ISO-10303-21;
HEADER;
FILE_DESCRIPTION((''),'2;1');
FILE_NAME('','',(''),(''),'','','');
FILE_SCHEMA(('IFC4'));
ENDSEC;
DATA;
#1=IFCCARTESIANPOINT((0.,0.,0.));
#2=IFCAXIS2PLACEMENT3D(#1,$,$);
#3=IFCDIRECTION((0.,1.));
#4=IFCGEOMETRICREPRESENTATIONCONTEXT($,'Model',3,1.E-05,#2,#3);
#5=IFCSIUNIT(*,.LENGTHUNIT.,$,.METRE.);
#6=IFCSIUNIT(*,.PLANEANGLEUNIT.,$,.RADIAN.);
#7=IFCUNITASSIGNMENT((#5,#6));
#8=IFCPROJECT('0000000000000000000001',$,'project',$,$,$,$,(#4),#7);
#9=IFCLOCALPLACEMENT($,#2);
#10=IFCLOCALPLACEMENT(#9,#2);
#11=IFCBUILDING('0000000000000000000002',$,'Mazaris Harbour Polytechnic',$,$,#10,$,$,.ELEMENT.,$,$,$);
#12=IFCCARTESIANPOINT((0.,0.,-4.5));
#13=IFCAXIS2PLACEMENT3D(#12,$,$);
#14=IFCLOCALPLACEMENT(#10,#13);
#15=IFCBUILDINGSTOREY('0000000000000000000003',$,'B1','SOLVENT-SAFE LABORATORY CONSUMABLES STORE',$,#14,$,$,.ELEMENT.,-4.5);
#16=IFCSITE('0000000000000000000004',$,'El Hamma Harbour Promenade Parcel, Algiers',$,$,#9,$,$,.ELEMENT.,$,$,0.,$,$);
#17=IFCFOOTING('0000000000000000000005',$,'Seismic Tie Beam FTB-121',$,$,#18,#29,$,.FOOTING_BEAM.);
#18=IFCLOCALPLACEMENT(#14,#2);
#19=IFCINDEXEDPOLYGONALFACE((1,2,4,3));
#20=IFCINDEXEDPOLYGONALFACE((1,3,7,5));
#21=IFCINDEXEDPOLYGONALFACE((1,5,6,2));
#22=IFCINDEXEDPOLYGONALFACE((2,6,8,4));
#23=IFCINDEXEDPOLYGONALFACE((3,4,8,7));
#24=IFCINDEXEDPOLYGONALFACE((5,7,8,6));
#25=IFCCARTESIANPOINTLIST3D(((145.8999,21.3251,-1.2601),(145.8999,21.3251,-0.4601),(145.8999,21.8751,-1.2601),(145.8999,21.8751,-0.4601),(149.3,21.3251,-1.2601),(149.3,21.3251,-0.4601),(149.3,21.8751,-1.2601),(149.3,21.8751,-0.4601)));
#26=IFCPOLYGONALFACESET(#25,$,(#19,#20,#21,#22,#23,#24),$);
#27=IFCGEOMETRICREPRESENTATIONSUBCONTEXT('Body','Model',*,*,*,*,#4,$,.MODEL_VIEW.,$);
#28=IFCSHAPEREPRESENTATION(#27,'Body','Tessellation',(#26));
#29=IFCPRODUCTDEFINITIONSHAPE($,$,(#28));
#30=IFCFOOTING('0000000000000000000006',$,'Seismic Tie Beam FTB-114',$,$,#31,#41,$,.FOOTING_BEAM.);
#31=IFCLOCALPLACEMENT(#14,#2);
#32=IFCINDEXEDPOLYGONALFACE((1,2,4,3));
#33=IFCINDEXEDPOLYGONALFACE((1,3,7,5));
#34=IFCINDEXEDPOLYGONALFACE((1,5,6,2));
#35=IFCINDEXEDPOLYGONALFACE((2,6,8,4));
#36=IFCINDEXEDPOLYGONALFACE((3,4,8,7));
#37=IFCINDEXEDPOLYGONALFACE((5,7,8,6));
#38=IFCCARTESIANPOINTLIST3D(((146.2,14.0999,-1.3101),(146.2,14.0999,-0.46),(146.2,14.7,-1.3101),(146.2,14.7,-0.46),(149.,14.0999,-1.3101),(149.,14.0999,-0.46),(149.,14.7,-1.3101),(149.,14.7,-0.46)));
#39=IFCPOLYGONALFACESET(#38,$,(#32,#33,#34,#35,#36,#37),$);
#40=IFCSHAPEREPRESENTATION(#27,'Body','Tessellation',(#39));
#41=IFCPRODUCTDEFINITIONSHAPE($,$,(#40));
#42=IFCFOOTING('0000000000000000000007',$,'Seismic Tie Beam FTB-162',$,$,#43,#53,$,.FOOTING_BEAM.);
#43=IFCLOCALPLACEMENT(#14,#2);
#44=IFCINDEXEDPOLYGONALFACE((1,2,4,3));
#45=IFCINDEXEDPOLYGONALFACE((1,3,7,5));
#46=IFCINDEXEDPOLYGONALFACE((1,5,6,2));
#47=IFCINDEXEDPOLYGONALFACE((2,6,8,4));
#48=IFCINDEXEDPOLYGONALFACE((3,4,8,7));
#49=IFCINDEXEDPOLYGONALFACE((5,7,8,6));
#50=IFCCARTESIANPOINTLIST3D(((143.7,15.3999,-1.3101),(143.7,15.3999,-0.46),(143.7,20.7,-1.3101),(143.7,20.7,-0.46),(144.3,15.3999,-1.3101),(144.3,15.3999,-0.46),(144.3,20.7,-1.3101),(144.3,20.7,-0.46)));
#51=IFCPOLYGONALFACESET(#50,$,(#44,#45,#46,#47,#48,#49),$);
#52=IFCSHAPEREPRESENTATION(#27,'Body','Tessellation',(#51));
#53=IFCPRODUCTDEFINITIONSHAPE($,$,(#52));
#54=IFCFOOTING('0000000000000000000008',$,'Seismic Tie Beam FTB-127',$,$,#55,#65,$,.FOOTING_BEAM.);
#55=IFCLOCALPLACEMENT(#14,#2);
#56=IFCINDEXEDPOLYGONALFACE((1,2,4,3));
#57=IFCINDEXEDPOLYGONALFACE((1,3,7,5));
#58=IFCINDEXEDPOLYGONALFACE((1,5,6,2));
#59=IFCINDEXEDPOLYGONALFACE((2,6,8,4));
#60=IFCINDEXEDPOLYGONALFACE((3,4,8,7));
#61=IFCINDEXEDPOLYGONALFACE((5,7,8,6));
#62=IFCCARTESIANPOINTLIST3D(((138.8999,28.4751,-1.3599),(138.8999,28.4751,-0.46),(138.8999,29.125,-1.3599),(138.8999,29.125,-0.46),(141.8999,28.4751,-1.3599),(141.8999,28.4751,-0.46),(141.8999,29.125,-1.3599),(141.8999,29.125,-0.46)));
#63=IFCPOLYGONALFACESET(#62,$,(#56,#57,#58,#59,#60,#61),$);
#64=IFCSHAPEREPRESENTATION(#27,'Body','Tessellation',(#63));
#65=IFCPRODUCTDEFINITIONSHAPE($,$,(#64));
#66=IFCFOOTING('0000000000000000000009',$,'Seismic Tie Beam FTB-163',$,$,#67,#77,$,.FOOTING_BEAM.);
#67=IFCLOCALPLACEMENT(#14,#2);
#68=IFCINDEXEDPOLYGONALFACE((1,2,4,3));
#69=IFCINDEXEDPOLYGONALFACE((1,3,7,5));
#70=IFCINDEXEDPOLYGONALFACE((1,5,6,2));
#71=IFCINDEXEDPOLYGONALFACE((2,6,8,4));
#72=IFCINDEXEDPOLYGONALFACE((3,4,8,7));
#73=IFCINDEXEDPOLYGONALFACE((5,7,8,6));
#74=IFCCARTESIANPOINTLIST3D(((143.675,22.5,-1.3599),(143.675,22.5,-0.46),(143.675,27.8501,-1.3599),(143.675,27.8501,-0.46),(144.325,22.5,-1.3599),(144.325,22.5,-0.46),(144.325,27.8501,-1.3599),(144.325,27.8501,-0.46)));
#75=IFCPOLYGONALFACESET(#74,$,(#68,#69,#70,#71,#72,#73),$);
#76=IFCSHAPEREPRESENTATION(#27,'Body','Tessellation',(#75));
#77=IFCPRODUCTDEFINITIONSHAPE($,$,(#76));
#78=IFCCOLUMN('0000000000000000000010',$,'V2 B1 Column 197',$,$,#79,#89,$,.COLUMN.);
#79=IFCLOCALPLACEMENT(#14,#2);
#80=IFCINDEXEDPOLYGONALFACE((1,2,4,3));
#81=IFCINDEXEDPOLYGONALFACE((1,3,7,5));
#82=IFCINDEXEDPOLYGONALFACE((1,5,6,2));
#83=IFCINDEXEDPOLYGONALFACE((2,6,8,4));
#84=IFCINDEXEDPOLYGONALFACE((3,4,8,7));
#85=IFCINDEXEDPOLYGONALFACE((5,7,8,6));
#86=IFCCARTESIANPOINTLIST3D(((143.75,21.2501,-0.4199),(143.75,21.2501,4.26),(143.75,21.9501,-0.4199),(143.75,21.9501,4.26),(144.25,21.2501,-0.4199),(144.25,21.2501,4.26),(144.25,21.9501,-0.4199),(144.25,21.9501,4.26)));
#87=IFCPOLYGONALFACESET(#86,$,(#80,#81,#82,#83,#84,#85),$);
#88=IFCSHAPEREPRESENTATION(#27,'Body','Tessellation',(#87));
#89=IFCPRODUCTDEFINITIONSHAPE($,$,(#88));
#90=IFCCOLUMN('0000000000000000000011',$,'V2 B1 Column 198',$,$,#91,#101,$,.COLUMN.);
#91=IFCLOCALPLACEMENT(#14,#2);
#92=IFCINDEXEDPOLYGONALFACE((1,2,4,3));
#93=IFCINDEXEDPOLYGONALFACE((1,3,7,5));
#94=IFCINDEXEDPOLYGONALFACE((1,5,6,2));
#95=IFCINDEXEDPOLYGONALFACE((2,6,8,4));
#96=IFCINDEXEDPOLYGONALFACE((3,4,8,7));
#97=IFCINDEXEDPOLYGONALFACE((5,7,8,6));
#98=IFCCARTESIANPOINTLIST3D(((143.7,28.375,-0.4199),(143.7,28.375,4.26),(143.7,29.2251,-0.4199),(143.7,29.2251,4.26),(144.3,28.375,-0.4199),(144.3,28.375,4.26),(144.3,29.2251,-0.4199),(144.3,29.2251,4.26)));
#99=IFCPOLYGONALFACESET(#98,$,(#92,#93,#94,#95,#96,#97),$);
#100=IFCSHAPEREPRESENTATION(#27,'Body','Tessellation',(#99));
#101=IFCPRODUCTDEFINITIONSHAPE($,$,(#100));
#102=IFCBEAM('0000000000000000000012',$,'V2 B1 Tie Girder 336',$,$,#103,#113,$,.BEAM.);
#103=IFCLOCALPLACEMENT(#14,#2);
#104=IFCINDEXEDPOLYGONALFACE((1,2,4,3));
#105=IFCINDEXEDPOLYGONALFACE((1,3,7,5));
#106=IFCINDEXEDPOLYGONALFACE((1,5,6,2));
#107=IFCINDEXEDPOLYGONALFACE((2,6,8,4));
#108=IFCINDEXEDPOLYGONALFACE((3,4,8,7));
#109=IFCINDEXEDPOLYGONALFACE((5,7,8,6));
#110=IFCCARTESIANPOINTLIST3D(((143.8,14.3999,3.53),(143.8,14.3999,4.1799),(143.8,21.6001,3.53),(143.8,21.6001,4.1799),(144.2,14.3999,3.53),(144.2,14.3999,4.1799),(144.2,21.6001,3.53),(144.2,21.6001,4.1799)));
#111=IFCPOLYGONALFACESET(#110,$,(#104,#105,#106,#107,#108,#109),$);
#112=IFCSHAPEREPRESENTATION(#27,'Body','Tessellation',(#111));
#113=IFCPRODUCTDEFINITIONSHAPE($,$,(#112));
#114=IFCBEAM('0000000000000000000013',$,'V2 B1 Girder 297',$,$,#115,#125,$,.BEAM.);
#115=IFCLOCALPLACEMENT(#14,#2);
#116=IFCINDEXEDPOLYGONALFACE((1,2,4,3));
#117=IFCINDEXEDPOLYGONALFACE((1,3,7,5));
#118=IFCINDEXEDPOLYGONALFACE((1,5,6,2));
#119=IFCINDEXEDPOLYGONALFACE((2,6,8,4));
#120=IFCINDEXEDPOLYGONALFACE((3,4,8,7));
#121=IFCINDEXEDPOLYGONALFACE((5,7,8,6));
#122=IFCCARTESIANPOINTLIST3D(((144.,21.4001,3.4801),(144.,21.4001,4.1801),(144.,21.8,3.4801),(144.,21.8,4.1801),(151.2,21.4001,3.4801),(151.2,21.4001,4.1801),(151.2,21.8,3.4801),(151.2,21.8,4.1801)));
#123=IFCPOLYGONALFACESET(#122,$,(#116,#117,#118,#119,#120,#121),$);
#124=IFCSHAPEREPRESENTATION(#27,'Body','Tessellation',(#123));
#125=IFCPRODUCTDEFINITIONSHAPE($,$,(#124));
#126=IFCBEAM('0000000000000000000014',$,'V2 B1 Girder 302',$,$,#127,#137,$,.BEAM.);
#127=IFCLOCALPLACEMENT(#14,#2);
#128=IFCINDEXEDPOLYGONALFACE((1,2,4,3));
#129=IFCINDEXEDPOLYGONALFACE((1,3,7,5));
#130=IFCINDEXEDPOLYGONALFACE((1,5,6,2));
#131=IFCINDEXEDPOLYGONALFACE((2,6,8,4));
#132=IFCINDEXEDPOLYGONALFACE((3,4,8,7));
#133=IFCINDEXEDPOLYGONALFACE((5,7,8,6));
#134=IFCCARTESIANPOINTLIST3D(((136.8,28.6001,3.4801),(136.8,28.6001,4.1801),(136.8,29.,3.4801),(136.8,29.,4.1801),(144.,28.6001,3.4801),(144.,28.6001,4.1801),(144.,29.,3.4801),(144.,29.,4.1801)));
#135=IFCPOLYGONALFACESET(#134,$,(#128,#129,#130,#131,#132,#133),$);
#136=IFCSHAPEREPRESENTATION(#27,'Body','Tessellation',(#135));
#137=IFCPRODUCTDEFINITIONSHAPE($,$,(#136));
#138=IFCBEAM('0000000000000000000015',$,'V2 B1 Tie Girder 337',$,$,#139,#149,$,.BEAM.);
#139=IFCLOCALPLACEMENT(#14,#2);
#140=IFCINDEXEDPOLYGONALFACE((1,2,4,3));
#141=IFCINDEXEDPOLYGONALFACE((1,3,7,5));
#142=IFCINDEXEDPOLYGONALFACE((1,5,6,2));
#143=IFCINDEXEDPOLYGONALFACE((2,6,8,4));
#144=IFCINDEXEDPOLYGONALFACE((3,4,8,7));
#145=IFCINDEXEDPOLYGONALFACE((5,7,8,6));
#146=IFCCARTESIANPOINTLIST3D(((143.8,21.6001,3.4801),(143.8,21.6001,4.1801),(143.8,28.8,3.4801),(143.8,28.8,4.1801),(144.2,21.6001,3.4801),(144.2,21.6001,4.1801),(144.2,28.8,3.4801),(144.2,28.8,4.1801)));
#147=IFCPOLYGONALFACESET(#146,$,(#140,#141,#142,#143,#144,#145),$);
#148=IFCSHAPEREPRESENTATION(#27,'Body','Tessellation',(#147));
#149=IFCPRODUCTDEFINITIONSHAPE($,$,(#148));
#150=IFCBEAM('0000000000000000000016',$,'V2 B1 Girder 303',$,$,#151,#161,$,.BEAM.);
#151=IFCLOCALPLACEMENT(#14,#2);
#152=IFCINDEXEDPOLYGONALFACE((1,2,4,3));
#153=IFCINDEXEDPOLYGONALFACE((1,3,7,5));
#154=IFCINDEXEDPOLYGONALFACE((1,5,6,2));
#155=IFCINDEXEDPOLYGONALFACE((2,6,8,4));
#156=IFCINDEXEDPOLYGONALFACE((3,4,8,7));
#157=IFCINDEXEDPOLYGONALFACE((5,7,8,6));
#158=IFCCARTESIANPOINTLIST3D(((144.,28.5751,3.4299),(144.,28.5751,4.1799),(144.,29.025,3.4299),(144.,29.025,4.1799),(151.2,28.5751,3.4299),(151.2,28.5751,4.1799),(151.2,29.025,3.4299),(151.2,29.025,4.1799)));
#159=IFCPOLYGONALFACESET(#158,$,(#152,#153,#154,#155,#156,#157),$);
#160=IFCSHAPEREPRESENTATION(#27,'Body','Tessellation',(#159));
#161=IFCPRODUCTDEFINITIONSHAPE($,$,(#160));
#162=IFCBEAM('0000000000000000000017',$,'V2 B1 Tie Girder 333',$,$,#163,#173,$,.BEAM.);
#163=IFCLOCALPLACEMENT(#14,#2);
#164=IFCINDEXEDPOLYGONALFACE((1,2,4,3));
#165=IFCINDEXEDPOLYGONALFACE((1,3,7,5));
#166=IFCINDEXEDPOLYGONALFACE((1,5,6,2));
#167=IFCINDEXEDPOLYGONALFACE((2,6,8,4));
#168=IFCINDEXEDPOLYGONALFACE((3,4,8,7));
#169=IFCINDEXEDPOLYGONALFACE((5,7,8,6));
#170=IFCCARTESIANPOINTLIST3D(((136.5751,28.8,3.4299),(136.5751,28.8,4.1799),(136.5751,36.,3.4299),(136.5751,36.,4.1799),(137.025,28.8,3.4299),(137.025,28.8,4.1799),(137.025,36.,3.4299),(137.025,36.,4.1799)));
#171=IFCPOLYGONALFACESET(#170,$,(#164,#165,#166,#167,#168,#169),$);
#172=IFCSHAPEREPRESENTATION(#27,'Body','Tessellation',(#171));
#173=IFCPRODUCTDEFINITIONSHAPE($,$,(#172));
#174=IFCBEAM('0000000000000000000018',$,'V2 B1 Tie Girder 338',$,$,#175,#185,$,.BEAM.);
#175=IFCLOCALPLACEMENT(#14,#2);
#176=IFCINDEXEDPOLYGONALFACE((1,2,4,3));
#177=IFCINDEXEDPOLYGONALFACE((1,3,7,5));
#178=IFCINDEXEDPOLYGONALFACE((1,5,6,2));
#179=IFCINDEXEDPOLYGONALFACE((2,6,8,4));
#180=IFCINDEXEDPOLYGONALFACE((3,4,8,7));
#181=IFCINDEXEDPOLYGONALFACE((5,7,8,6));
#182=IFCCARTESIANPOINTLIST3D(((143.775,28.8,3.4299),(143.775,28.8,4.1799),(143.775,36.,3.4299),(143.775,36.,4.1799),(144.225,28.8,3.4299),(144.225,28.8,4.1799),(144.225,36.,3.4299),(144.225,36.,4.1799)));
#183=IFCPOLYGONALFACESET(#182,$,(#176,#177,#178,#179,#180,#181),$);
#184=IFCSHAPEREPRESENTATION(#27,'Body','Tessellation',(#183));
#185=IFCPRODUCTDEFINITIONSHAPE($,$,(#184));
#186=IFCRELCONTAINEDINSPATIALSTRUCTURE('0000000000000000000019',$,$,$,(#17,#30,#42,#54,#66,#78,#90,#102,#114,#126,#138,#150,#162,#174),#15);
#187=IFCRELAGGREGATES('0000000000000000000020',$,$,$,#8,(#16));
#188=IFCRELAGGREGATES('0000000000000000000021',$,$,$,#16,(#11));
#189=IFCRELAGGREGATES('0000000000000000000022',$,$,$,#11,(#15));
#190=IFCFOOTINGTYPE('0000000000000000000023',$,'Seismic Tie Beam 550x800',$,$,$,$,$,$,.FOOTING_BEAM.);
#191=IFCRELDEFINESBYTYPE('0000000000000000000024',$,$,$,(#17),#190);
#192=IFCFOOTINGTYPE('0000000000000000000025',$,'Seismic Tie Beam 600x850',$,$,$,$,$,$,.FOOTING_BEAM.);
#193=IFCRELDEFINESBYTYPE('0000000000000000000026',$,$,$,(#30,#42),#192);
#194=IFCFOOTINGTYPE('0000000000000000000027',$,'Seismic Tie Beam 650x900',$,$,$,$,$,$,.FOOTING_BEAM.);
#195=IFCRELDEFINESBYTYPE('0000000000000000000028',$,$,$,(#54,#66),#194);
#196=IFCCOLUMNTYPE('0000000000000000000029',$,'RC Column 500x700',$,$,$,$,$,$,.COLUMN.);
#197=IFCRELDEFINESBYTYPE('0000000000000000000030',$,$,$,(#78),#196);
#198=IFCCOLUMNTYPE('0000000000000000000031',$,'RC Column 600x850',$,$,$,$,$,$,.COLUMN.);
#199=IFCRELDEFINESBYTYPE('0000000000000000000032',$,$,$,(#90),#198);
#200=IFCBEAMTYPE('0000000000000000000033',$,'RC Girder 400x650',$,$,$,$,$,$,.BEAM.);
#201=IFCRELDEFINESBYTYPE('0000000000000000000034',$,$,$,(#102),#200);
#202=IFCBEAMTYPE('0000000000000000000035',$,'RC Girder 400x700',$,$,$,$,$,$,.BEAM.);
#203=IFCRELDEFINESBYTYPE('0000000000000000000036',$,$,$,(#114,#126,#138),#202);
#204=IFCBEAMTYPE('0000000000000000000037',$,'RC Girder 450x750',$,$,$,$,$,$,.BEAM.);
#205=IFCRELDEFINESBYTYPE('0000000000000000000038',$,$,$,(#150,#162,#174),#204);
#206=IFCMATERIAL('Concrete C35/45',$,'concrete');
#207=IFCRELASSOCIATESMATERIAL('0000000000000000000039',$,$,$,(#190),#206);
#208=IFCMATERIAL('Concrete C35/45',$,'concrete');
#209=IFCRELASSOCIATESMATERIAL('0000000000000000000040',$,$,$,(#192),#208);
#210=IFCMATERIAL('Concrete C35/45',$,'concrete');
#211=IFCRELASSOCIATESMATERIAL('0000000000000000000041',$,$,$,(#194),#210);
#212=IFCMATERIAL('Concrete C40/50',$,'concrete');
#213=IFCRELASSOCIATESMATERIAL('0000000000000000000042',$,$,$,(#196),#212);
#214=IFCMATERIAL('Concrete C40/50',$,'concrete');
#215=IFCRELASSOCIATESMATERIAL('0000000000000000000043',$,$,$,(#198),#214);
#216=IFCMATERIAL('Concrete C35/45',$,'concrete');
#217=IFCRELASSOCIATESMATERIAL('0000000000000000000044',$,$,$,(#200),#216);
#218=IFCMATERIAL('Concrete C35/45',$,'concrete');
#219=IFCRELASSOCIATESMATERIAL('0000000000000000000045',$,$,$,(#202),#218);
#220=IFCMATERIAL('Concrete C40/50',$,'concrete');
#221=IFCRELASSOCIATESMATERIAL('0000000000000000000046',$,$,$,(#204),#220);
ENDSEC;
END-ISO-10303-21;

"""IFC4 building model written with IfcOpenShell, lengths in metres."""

from ifc_helpers import new_model, si_unit, direction, frame, origin, origin_2d, place, context, subcontext, project, spatial, rectangle, extrude, material, material_profile, profile_set, type_object, element, save


model = new_model("IFC4")

# Units and contexts
model_context = context("Model", 3, precision=1e-05, world=origin(), true_north=direction((0.0, 1.0)))
body_context = subcontext(model_context, "Body", "Model", "MODEL_VIEW")
ifc_project = project(units=[si_unit("LENGTHUNIT", "METRE"), si_unit("PLANEANGLEUNIT", "RADIAN")], contexts=[model_context])

# Site, building, storey
site_placement = place(None, origin())
site = spatial("IfcSite", under=ifc_project, at=site_placement, Name="El Hamma Harbour Promenade Parcel, Algiers", CompositionType="ELEMENT", RefElevation=0.0)
building_placement = place(site_placement, origin())
building = spatial("IfcBuilding", under=site, at=building_placement, Name="Mazaris Harbour Polytechnic", CompositionType="ELEMENT")
storey_placement = place(building_placement, frame((0.0, 0.0, -4.5)))
storey = spatial("IfcBuildingStorey", under=building, at=storey_placement, Name="B1", Description="SOLVENT-SAFE LABORATORY CONSUMABLES STORE", CompositionType="ELEMENT", Elevation=-4.5)

# Footings
ifc_material_1 = material(Name="Concrete C35/45", Category="concrete")
ifc_material_profile_1 = material_profile(ifc_material_1, rectangle(XDim=0.55, YDim=0.8, at=origin_2d()), Name="RECT550x800")
ifc_profile_set_1 = profile_set([ifc_material_profile_1], Name="Concrete C35/45")
footing_type_1 = type_object("IfcFootingType", Name="Seismic Tie Beam 550x800", PredefinedType="FOOTING_BEAM", material=ifc_profile_set_1)
footing_1_placement = place(storey_placement, frame((145.8999, 21.6001, -0.8601), z_axis=(1.0, 0.0, 0.0), x_axis=(0.0, 1.0, 0.0)))
element("IfcFooting", 1, at=footing_1_placement, inside=storey, type_object=footing_type_1, Name="Seismic Tie Beam FTB-121", PredefinedType="FOOTING_BEAM", context=body_context, shape_type="SweptSolid", body=[
    extrude(rectangle(XDim=0.55, YDim=0.8, at=origin_2d()), origin(), (0.0, 0.0, 1.0), 3.4001),
])
ifc_material_2 = material(Name="Concrete C35/45", Category="concrete")
ifc_material_profile_2 = material_profile(ifc_material_2, rectangle(XDim=0.6001, YDim=0.8501, at=origin_2d()), Name="RECT600x850")
ifc_profile_set_2 = profile_set([ifc_material_profile_2], Name="Concrete C35/45")
footing_type_2 = type_object("IfcFootingType", Name="Seismic Tie Beam 600x850", PredefinedType="FOOTING_BEAM", material=ifc_profile_set_2)
footing_2_placement = place(storey_placement, frame((146.2, 14.3999, -0.885), z_axis=(1.0, 0.0, 0.0), x_axis=(0.0, 1.0, 0.0)))
element("IfcFooting", 2, at=footing_2_placement, inside=storey, type_object=footing_type_2, Name="Seismic Tie Beam FTB-114", PredefinedType="FOOTING_BEAM", context=body_context, shape_type="SweptSolid", body=[
    extrude(rectangle(XDim=0.6001, YDim=0.8501, at=origin_2d()), origin(), (0.0, 0.0, 1.0), 2.8),
])
footing_3_placement = place(storey_placement, frame((144.0, 15.3999, -0.885), z_axis=(0.0, 1.0, 0.0), x_axis=(-1.0, 0.0, 0.0)))
element("IfcFooting", 3, at=footing_3_placement, inside=storey, type_object=footing_type_2, Name="Seismic Tie Beam FTB-162", PredefinedType="FOOTING_BEAM", context=body_context, shape_type="SweptSolid", body=[
    extrude(rectangle(XDim=0.6001, YDim=0.8501, at=origin_2d()), origin(), (0.0, 0.0, 1.0), 5.3),
])
ifc_material_3 = material(Name="Concrete C35/45", Category="concrete")
ifc_material_profile_3 = material_profile(ifc_material_3, rectangle(XDim=0.6499, YDim=0.8999, at=origin_2d()), Name="RECT650x900")
ifc_profile_set_3 = profile_set([ifc_material_profile_3], Name="Concrete C35/45")
footing_type_3 = type_object("IfcFootingType", Name="Seismic Tie Beam 650x900", PredefinedType="FOOTING_BEAM", material=ifc_profile_set_3)
footing_4_placement = place(storey_placement, frame((138.8999, 28.8, -0.9099), z_axis=(1.0, 0.0, 0.0), x_axis=(0.0, 1.0, 0.0)))
element("IfcFooting", 4, at=footing_4_placement, inside=storey, type_object=footing_type_3, Name="Seismic Tie Beam FTB-127", PredefinedType="FOOTING_BEAM", context=body_context, shape_type="SweptSolid", body=[
    extrude(rectangle(XDim=0.6499, YDim=0.8999, at=origin_2d()), origin(), (0.0, 0.0, 1.0), 3.0),
])
footing_5_placement = place(storey_placement, frame((144.0, 22.5, -0.9099), z_axis=(0.0, 1.0, 0.0), x_axis=(-1.0, 0.0, 0.0)))
element("IfcFooting", 5, at=footing_5_placement, inside=storey, type_object=footing_type_3, Name="Seismic Tie Beam FTB-163", PredefinedType="FOOTING_BEAM", context=body_context, shape_type="SweptSolid", body=[
    extrude(rectangle(XDim=0.6499, YDim=0.8999, at=origin_2d()), origin(), (0.0, 0.0, 1.0), 5.3501),
])

# Columns
ifc_material_4 = material(Name="Concrete C40/50", Category="concrete")
ifc_material_profile_4 = material_profile(ifc_material_4, rectangle(XDim=0.5, YDim=0.7, at=origin_2d()), Name="RECT500x700")
ifc_profile_set_4 = profile_set([ifc_material_profile_4], Name="Concrete C40/50")
column_type_1 = type_object("IfcColumnType", Name="RC Column 500x700", PredefinedType="COLUMN", material=ifc_profile_set_4)
column_1_placement = place(storey_placement, frame((144.0, 21.6001, -0.4199), z_axis=(0.0, 0.0, 1.0), x_axis=(1.0, 0.0, 0.0)))
element("IfcColumn", 6, at=column_1_placement, inside=storey, type_object=column_type_1, Name="V2 B1 Column 197", PredefinedType="COLUMN", context=body_context, shape_type="SweptSolid", body=[
    extrude(rectangle(XDim=0.5, YDim=0.7, at=origin_2d()), origin(), (0.0, 0.0, 1.0), 4.6799),
])
ifc_material_5 = material(Name="Concrete C40/50", Category="concrete")
ifc_material_profile_5 = material_profile(ifc_material_5, rectangle(XDim=0.6001, YDim=0.8501, at=origin_2d()), Name="RECT600x850")
ifc_profile_set_5 = profile_set([ifc_material_profile_5], Name="Concrete C40/50")
column_type_2 = type_object("IfcColumnType", Name="RC Column 600x850", PredefinedType="COLUMN", material=ifc_profile_set_5)
column_2_placement = place(storey_placement, frame((144.0, 28.8, -0.4199), z_axis=(0.0, 0.0, 1.0), x_axis=(1.0, 0.0, 0.0)))
element("IfcColumn", 7, at=column_2_placement, inside=storey, type_object=column_type_2, Name="V2 B1 Column 198", PredefinedType="COLUMN", context=body_context, shape_type="SweptSolid", body=[
    extrude(rectangle(XDim=0.6001, YDim=0.8501, at=origin_2d()), origin(), (0.0, 0.0, 1.0), 4.6799),
])

# Beams
ifc_material_6 = material(Name="Concrete C35/45", Category="concrete")
ifc_material_profile_6 = material_profile(ifc_material_6, rectangle(XDim=0.3999, YDim=0.6499, at=origin_2d()), Name="RECT400x650")
ifc_profile_set_6 = profile_set([ifc_material_profile_6], Name="Concrete C35/45")
beam_type_1 = type_object("IfcBeamType", Name="RC Girder 400x650", PredefinedType="BEAM", material=ifc_profile_set_6)
beam_1_placement = place(storey_placement, frame((144.0, 14.3999, 3.855), z_axis=(0.0, 1.0, 0.0), x_axis=(-1.0, 0.0, 0.0)))
element("IfcBeam", 8, at=beam_1_placement, inside=storey, type_object=beam_type_1, Name="V2 B1 Tie Girder 336", PredefinedType="BEAM", context=body_context, shape_type="SweptSolid", body=[
    extrude(rectangle(XDim=0.3999, YDim=0.6499, at=origin_2d()), origin(), (0.0, 0.0, 1.0), 7.2002),
])
ifc_material_7 = material(Name="Concrete C35/45", Category="concrete")
ifc_material_profile_7 = material_profile(ifc_material_7, rectangle(XDim=0.3999, YDim=0.7, at=origin_2d()), Name="RECT400x700")
ifc_profile_set_7 = profile_set([ifc_material_profile_7], Name="Concrete C35/45")
beam_type_2 = type_object("IfcBeamType", Name="RC Girder 400x700", PredefinedType="BEAM", material=ifc_profile_set_7)
for number, where, z_axis, x_axis, name in (
    (9, (144.0, 21.6001, 3.8301), (1.0, 0.0, 0.0), (0.0, 1.0, 0.0), "V2 B1 Girder 297"),
    (10, (136.8, 28.8, 3.8301), (1.0, 0.0, 0.0), (0.0, 1.0, 0.0), "V2 B1 Girder 302"),
    (11, (144.0, 21.6001, 3.8301), (0.0, 1.0, 0.0), (-1.0, 0.0, 0.0), "V2 B1 Tie Girder 337"),
):
    element("IfcBeam", number, at=place(storey_placement, frame(where, z_axis=z_axis, x_axis=x_axis)), inside=storey, type_object=beam_type_2, Name=name, PredefinedType="BEAM", context=body_context, shape_type="SweptSolid", body=[
        extrude(rectangle(XDim=0.3999, YDim=0.7, at=origin_2d()), origin(), (0.0, 0.0, 1.0), 7.2),
    ])
ifc_material_8 = material(Name="Concrete C40/50", Category="concrete")
ifc_material_profile_8 = material_profile(ifc_material_8, rectangle(XDim=0.45, YDim=0.75, at=origin_2d()), Name="RECT450x750")
ifc_profile_set_8 = profile_set([ifc_material_profile_8], Name="Concrete C40/50")
beam_type_3 = type_object("IfcBeamType", Name="RC Girder 450x750", PredefinedType="BEAM", material=ifc_profile_set_8)
for number, where, z_axis, x_axis, name in (
    (12, (144.0, 28.8, 3.8049), (1.0, 0.0, 0.0), (0.0, 1.0, 0.0), "V2 B1 Girder 303"),
    (13, (136.8, 28.8, 3.8049), (0.0, 1.0, 0.0), (-1.0, 0.0, 0.0), "V2 B1 Tie Girder 333"),
    (14, (144.0, 28.8, 3.8049), (0.0, 1.0, 0.0), (-1.0, 0.0, 0.0), "V2 B1 Tie Girder 338"),
):
    element("IfcBeam", number, at=place(storey_placement, frame(where, z_axis=z_axis, x_axis=x_axis)), inside=storey, type_object=beam_type_3, Name=name, PredefinedType="BEAM", context=body_context, shape_type="SweptSolid", body=[
        extrude(rectangle(XDim=0.45, YDim=0.75, at=origin_2d()), origin(), (0.0, 0.0, 1.0), 7.2),
    ])

save(model, "model.ifc")
